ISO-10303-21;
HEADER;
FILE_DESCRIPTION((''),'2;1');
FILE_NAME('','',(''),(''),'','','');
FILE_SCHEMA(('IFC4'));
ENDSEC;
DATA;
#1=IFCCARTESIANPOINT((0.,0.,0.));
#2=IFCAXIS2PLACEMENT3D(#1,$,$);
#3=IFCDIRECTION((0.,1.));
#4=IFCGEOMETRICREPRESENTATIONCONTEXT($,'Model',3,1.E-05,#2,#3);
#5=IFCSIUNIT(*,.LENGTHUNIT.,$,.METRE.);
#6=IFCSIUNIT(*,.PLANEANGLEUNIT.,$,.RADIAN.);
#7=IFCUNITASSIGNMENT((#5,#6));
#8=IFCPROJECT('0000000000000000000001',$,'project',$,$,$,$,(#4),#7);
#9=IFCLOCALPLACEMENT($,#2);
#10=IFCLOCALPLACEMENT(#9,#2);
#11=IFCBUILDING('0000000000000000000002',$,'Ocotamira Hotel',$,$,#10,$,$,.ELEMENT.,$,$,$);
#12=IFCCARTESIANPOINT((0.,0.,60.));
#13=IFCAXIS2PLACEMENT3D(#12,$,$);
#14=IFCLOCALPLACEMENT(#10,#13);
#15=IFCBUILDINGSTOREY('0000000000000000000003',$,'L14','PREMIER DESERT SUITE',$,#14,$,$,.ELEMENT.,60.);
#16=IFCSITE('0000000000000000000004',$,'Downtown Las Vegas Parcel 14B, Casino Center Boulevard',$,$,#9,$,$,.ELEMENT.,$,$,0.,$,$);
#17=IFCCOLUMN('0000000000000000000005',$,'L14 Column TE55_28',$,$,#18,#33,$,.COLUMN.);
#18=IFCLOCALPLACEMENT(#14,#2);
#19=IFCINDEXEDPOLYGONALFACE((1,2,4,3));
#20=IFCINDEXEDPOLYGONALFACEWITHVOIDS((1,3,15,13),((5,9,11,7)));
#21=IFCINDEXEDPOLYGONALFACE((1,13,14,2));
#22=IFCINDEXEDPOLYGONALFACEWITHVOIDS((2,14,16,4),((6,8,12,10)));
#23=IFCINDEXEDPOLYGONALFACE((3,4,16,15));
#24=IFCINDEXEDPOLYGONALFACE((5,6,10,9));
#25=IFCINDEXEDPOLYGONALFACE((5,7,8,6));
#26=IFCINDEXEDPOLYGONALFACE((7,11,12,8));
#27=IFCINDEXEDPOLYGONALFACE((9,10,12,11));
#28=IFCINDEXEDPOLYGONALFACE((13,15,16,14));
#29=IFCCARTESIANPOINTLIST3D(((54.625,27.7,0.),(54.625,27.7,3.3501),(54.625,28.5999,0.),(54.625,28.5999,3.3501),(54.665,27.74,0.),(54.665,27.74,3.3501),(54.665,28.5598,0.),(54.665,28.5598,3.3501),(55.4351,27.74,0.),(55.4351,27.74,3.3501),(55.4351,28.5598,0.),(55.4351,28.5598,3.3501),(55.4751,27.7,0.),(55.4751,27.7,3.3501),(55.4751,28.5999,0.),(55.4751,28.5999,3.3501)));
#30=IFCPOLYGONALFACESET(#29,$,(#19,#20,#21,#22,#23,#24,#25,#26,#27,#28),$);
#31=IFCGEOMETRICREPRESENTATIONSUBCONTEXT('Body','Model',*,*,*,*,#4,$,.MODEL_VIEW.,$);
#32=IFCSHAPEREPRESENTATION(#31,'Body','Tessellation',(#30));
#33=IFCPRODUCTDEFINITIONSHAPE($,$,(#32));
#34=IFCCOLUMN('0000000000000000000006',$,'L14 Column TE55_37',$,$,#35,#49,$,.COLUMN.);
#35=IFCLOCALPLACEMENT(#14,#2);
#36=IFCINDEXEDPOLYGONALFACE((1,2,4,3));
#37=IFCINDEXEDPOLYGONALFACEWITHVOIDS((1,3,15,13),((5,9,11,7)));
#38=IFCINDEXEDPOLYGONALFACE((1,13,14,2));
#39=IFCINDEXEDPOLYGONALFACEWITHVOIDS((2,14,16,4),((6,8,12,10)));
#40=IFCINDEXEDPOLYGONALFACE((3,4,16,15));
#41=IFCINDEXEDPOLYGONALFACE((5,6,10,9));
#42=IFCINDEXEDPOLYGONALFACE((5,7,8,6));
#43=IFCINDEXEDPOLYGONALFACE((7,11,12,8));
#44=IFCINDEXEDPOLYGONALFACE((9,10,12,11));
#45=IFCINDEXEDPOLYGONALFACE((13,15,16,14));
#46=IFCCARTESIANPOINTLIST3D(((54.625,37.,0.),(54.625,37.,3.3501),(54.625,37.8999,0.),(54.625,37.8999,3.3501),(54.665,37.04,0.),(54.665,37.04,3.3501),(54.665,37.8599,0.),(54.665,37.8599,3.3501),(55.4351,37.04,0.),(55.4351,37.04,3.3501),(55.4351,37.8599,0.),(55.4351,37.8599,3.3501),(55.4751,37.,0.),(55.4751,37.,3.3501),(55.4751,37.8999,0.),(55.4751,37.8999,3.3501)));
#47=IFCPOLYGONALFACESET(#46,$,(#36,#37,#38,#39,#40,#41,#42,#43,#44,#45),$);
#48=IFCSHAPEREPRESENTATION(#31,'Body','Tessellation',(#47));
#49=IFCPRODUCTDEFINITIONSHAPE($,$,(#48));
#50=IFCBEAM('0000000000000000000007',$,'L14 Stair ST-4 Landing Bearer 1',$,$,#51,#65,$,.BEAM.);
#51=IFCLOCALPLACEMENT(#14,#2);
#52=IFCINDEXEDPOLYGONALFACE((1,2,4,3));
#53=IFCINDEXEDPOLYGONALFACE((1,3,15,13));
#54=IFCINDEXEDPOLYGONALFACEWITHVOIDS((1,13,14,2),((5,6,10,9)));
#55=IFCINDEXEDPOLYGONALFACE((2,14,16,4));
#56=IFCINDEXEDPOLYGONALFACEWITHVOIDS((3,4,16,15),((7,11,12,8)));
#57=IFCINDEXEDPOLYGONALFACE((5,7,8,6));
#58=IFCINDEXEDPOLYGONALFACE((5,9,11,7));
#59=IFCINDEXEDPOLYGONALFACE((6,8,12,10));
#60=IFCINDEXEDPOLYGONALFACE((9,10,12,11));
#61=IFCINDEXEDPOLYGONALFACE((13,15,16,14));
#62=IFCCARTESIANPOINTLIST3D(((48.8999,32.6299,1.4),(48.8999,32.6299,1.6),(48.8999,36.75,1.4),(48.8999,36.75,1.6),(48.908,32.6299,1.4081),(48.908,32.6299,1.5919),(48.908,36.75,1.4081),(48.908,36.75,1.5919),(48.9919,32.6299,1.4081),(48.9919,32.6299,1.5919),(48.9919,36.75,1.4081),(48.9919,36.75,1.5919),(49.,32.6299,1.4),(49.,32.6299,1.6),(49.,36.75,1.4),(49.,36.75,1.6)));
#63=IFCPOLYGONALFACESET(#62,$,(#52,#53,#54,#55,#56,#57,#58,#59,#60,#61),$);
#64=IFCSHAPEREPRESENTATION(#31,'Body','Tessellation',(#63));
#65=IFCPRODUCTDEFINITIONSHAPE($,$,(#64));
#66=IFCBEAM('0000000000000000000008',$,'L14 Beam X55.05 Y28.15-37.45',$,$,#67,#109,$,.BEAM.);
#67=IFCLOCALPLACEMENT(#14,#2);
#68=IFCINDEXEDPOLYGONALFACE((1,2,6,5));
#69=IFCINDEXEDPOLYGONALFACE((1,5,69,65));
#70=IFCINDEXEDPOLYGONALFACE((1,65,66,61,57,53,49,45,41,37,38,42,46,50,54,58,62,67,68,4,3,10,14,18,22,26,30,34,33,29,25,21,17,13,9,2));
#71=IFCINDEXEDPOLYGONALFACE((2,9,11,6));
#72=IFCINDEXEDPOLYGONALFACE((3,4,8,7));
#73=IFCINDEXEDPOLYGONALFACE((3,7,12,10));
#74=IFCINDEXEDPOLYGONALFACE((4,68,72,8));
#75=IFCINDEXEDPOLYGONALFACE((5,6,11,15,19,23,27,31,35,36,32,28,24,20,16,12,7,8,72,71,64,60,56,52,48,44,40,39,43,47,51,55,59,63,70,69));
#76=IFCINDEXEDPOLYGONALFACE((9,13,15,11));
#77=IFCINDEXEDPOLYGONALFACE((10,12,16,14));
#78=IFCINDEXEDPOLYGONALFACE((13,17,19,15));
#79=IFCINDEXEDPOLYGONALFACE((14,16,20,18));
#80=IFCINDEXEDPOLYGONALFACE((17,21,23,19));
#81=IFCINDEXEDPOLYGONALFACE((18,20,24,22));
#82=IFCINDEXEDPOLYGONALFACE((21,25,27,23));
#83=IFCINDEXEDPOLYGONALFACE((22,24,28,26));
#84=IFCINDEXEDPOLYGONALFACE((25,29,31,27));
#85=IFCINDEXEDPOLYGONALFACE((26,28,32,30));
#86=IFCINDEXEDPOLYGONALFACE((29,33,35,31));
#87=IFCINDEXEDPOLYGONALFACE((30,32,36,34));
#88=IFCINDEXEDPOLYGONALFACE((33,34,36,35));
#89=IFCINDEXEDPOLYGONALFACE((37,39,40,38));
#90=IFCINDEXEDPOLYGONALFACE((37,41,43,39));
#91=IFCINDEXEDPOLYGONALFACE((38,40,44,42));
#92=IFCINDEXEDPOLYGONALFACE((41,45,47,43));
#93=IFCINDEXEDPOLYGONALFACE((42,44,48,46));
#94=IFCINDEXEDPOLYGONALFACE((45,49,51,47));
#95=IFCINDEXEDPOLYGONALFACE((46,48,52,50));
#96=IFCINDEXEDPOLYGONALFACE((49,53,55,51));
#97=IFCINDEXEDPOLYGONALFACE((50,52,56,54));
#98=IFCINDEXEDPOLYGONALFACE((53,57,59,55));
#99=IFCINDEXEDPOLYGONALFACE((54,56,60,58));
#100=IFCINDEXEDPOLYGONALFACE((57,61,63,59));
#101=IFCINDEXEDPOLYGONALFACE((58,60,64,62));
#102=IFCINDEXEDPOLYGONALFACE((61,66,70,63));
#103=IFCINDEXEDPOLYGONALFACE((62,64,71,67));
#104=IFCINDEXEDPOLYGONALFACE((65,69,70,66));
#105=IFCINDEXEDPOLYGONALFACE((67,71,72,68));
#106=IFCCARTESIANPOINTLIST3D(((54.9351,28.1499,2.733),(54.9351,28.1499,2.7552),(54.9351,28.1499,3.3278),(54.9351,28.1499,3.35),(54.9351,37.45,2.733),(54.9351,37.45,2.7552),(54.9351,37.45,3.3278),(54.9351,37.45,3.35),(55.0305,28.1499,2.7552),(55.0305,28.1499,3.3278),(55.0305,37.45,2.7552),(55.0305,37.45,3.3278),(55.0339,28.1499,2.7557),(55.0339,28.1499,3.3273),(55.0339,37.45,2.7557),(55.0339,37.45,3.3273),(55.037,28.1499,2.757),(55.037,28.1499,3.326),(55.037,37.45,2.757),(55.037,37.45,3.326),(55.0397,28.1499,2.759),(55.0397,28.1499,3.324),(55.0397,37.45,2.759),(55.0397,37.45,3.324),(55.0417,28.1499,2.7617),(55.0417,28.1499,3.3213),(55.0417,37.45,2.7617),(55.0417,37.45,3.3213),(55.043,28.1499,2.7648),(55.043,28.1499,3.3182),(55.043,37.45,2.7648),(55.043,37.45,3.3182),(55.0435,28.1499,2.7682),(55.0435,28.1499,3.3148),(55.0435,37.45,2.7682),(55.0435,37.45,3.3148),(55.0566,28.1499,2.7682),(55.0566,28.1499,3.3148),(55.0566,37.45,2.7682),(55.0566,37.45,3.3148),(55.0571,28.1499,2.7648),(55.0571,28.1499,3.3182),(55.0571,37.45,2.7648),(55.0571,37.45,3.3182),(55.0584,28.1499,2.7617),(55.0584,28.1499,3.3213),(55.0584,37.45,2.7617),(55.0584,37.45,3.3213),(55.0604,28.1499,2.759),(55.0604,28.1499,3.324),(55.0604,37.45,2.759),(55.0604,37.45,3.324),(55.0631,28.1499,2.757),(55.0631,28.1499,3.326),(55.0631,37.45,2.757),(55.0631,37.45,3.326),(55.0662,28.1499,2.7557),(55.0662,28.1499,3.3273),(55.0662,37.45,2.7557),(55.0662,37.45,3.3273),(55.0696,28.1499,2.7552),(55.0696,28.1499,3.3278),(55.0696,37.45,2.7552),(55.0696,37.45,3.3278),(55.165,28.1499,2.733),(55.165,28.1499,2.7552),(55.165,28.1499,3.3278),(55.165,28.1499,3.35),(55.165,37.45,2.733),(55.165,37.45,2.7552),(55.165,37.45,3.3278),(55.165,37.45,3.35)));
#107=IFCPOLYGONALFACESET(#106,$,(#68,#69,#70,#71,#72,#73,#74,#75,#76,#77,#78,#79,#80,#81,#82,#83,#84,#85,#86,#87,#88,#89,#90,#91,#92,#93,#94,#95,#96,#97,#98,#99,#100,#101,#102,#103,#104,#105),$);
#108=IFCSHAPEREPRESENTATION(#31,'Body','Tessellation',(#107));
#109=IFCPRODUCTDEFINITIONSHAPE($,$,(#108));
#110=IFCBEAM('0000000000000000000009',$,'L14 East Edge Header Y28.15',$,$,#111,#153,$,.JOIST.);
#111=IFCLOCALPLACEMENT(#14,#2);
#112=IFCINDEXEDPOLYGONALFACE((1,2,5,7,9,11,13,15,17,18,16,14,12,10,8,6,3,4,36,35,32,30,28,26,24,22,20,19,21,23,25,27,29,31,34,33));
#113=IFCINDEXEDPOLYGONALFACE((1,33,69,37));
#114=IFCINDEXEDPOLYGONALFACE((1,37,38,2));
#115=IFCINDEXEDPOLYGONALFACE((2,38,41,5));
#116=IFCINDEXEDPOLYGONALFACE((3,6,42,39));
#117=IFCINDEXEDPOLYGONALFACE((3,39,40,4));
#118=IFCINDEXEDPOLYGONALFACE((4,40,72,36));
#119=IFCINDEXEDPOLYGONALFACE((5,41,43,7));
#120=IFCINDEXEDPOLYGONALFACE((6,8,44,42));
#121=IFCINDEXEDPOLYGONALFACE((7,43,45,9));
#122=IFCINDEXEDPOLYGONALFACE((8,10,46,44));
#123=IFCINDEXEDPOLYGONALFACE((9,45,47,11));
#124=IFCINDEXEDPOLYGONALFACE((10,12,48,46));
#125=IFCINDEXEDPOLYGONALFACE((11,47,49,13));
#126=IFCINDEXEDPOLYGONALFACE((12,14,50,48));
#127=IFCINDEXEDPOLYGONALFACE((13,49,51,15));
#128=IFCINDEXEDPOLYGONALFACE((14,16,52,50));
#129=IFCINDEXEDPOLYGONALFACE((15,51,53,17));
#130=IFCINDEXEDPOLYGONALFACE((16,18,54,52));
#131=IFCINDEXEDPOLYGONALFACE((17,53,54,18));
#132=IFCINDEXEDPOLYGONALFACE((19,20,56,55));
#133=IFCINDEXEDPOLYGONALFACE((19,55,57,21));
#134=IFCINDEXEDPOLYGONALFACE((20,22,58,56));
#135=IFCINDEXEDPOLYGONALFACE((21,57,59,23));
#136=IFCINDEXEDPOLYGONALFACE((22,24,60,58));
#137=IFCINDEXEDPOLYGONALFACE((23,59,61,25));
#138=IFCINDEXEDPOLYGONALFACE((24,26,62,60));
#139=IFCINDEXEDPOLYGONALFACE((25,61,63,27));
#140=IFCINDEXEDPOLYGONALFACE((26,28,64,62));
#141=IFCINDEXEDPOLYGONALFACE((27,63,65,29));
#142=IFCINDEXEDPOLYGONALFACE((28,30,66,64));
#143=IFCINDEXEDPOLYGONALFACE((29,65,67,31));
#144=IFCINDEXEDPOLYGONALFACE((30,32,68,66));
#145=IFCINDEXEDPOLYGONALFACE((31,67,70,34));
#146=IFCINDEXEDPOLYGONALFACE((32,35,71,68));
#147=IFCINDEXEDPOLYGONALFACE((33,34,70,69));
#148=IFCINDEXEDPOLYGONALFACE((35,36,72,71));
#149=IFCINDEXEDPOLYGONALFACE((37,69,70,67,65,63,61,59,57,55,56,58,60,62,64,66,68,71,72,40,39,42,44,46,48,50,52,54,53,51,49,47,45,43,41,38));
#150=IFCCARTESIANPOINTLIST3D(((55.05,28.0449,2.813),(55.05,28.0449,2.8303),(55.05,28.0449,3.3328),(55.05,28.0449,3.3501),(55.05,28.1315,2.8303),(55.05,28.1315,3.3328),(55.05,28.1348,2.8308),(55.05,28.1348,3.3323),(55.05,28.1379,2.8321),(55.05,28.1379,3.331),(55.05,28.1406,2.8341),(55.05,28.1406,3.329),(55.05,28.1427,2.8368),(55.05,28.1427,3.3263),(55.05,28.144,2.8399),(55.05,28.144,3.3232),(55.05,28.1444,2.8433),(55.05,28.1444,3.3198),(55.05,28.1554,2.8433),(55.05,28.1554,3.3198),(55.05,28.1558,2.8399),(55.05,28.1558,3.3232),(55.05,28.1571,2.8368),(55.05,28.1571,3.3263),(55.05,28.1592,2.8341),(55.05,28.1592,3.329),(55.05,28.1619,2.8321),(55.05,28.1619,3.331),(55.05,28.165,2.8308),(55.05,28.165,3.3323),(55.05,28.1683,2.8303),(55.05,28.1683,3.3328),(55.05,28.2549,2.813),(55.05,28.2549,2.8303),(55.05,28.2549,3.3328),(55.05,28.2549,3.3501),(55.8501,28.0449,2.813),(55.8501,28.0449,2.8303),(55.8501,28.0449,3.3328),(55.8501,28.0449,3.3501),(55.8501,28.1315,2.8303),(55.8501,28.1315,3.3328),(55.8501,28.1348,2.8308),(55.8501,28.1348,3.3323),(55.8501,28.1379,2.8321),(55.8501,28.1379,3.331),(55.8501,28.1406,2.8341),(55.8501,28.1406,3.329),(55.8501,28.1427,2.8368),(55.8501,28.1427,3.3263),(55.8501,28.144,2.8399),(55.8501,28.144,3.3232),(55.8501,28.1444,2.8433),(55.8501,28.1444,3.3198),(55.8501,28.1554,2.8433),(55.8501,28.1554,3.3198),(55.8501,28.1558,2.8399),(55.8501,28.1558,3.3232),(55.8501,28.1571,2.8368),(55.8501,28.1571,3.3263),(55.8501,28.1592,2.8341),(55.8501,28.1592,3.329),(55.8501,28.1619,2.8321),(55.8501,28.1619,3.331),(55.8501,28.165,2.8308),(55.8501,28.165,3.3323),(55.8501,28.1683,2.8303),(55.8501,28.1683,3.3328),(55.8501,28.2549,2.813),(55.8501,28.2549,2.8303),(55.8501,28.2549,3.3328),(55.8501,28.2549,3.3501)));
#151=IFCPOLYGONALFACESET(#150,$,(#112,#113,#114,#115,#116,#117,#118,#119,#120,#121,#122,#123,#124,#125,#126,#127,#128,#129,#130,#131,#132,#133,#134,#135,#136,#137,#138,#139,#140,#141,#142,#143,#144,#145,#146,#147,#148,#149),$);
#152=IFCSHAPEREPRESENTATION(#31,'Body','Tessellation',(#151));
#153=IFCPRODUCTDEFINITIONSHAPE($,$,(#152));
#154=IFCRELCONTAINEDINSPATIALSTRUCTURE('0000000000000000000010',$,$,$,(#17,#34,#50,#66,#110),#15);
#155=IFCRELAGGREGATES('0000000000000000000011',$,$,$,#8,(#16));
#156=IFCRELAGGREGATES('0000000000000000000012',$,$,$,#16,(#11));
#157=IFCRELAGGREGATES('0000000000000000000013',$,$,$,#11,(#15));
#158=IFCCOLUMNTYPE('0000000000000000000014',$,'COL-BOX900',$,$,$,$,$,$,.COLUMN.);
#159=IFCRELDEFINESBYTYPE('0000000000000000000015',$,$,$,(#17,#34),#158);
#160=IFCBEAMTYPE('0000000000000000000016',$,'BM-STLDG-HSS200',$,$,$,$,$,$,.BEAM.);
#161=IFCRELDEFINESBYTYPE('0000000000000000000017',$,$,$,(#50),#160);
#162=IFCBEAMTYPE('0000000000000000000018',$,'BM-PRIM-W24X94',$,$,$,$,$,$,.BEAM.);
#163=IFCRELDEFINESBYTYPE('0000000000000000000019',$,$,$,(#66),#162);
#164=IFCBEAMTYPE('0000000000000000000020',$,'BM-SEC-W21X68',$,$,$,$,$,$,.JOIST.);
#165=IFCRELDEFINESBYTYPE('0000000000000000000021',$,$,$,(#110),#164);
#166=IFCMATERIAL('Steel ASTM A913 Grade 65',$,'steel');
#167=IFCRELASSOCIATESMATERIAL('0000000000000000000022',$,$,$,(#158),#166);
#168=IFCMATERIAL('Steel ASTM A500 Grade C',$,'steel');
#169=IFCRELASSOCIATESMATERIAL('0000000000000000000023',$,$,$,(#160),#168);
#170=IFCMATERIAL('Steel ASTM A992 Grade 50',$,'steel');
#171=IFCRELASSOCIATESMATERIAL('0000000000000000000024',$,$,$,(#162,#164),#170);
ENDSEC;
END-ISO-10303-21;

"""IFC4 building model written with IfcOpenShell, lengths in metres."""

from ifc_helpers import new_model, si_unit, direction, frame, origin, origin_2d, place, context, subcontext, project, spatial, hollow_rectangle, i_section, extrude, source, transform, mapped, material, material_profile, profile_set, type_object, element, save


model = new_model("IFC4")

# Units and contexts
model_context = context("Model", 3, precision=1e-05, world=origin(), true_north=direction((0.0, 1.0)))
body_context = subcontext(model_context, "Body", "Model", "MODEL_VIEW")
ifc_project = project(units=[si_unit("LENGTHUNIT", "METRE"), si_unit("PLANEANGLEUNIT", "RADIAN")], contexts=[model_context])

# Site, building, storey
site_placement = place(None, origin())
site = spatial("IfcSite", under=ifc_project, at=site_placement, Name="Downtown Las Vegas Parcel 14B, Casino Center Boulevard", CompositionType="ELEMENT", RefElevation=0.0)
building_placement = place(site_placement, origin())
building = spatial("IfcBuilding", under=site, at=building_placement, Name="Ocotamira Hotel", CompositionType="ELEMENT")
storey_placement = place(building_placement, frame((0.0, 0.0, 60.0)))
storey = spatial("IfcBuildingStorey", under=building, at=storey_placement, Name="L14", Description="PREMIER DESERT SUITE", CompositionType="ELEMENT", Elevation=60.0)

# Columns
ifc_material_1 = material(Name="Steel ASTM A913 Grade 65", Category="steel")
ifc_material_profile_1 = material_profile(ifc_material_1, hollow_rectangle(XDim=0.8501, YDim=0.8999, WallThickness=0.04, at=origin_2d()), Name="BOX900X850X40")
ifc_profile_set_1 = profile_set([ifc_material_profile_1], Name="Steel ASTM A913 Grade 65")
column_type = type_object("IfcColumnType", Name="COL-BOX900", PredefinedType="COLUMN", material=ifc_profile_set_1)
shared_shape_1 = source(origin(), body_context, "Body", "SweptSolid", [
    extrude(hollow_rectangle(XDim=0.8501, YDim=0.8999, WallThickness=0.04, at=origin_2d()), origin(), (0.0, 0.0, 1.0), 3.3501),
])
for number, where, z_axis, x_axis, name in (
    (1, (55.05, 28.1499, 0.0), (0.0, 0.0, 1.0), (1.0, 0.0, 0.0), "L14 Column TE55_28"),
    (2, (55.05, 37.45, 0.0), (0.0, 0.0, 1.0), (1.0, 0.0, 0.0), "L14 Column TE55_37"),
):
    element("IfcColumn", number, at=place(storey_placement, frame(where, z_axis=z_axis, x_axis=x_axis)), inside=storey, type_object=column_type, Name=name, PredefinedType="COLUMN", context=body_context, shape_type="MappedRepresentation", body=[
        mapped(shared_shape_1, transform((0.0, 0.0, 0.0), scale=1.0)),
    ])

# Beams
ifc_material_2 = material(Name="Steel ASTM A500 Grade C", Category="steel")
ifc_material_profile_2 = material_profile(ifc_material_2, hollow_rectangle(XDim=0.1001, YDim=0.2, WallThickness=0.0081, at=origin_2d()), Name="HSS200X100X8")
ifc_profile_set_2 = profile_set([ifc_material_profile_2], Name="Steel ASTM A500 Grade C")
beam_type_1 = type_object("IfcBeamType", Name="BM-STLDG-HSS200", PredefinedType="BEAM", material=ifc_profile_set_2)
shared_shape_2 = source(origin(), body_context, "Body", "SweptSolid", [
    extrude(hollow_rectangle(XDim=0.1001, YDim=0.2, WallThickness=0.0081, at=origin_2d()), origin(), (0.0, 0.0, 1.0), 4.1201),
])
beam_1_placement = place(storey_placement, frame((48.95, 32.6299, 1.5), z_axis=(0.0, 1.0, 0.0), x_axis=(-1.0, 0.0, 0.0)))
element("IfcBeam", 3, at=beam_1_placement, inside=storey, type_object=beam_type_1, Name="L14 Stair ST-4 Landing Bearer 1", PredefinedType="BEAM", context=body_context, shape_type="MappedRepresentation", body=[
    mapped(shared_shape_2, transform((0.0, 0.0, 0.0), scale=1.0)),
])
ifc_material_3 = material(Name="Steel ASTM A992 Grade 50", Category="steel")
ifc_material_profile_3 = material_profile(ifc_material_3, i_section(OverallWidth=0.23, OverallDepth=0.6169, WebThickness=0.0132, FlangeThickness=0.0222, FilletRadius=0.0129, at=origin_2d()), Name="W24X94")
ifc_profile_set_3 = profile_set([ifc_material_profile_3], Name="Steel ASTM A992 Grade 50")
beam_type_2 = type_object("IfcBeamType", Name="BM-PRIM-W24X94", PredefinedType="BEAM", material=ifc_profile_set_3)
shared_shape_3 = source(origin(), body_context, "Body", "SweptSolid", [
    extrude(i_section(OverallWidth=0.23, OverallDepth=0.6169, WebThickness=0.0132, FlangeThickness=0.0222, FilletRadius=0.0129, at=origin_2d()), origin(), (0.0, 0.0, 1.0), 9.3),
])
beam_2_placement = place(storey_placement, frame((55.05, 28.1499, 3.0415), z_axis=(0.0, 1.0, 0.0), x_axis=(-1.0, 0.0, 0.0)))
element("IfcBeam", 4, at=beam_2_placement, inside=storey, type_object=beam_type_2, Name="L14 Beam X55.05 Y28.15-37.45", PredefinedType="BEAM", context=body_context, shape_type="MappedRepresentation", body=[
    mapped(shared_shape_3, transform((0.0, 0.0, 0.0), scale=1.0)),
])
ifc_material_profile_4 = material_profile(ifc_material_3, i_section(OverallWidth=0.21, OverallDepth=0.5371, WebThickness=0.011, FlangeThickness=0.0173, FilletRadius=0.0129, at=origin_2d()), Name="W21X68")
ifc_profile_set_4 = profile_set([ifc_material_profile_4], Name="Steel ASTM A992 Grade 50")
beam_type_3 = type_object("IfcBeamType", Name="BM-SEC-W21X68", PredefinedType="JOIST", material=ifc_profile_set_4)
shared_shape_4 = source(origin(), body_context, "Body", "SweptSolid", [
    extrude(i_section(OverallWidth=0.21, OverallDepth=0.5371, WebThickness=0.011, FlangeThickness=0.0173, FilletRadius=0.0129, at=origin_2d()), origin(), (0.0, 0.0, 1.0), 0.8),
])
for number, where, z_axis, x_axis, name in (
    (5, (55.05, 28.1499, 3.0815), (1.0, 0.0, 0.0), (0.0, 1.0, 0.0), "L14 East Edge Header Y28.15"),
):
    element("IfcBeam", number, at=place(storey_placement, frame(where, z_axis=z_axis, x_axis=x_axis)), inside=storey, type_object=beam_type_3, Name=name, PredefinedType="JOIST", context=body_context, shape_type="MappedRepresentation", body=[
        mapped(shared_shape_4, transform((0.0, 0.0, 0.0), scale=1.0)),
    ])

save(model, "model.ifc")
